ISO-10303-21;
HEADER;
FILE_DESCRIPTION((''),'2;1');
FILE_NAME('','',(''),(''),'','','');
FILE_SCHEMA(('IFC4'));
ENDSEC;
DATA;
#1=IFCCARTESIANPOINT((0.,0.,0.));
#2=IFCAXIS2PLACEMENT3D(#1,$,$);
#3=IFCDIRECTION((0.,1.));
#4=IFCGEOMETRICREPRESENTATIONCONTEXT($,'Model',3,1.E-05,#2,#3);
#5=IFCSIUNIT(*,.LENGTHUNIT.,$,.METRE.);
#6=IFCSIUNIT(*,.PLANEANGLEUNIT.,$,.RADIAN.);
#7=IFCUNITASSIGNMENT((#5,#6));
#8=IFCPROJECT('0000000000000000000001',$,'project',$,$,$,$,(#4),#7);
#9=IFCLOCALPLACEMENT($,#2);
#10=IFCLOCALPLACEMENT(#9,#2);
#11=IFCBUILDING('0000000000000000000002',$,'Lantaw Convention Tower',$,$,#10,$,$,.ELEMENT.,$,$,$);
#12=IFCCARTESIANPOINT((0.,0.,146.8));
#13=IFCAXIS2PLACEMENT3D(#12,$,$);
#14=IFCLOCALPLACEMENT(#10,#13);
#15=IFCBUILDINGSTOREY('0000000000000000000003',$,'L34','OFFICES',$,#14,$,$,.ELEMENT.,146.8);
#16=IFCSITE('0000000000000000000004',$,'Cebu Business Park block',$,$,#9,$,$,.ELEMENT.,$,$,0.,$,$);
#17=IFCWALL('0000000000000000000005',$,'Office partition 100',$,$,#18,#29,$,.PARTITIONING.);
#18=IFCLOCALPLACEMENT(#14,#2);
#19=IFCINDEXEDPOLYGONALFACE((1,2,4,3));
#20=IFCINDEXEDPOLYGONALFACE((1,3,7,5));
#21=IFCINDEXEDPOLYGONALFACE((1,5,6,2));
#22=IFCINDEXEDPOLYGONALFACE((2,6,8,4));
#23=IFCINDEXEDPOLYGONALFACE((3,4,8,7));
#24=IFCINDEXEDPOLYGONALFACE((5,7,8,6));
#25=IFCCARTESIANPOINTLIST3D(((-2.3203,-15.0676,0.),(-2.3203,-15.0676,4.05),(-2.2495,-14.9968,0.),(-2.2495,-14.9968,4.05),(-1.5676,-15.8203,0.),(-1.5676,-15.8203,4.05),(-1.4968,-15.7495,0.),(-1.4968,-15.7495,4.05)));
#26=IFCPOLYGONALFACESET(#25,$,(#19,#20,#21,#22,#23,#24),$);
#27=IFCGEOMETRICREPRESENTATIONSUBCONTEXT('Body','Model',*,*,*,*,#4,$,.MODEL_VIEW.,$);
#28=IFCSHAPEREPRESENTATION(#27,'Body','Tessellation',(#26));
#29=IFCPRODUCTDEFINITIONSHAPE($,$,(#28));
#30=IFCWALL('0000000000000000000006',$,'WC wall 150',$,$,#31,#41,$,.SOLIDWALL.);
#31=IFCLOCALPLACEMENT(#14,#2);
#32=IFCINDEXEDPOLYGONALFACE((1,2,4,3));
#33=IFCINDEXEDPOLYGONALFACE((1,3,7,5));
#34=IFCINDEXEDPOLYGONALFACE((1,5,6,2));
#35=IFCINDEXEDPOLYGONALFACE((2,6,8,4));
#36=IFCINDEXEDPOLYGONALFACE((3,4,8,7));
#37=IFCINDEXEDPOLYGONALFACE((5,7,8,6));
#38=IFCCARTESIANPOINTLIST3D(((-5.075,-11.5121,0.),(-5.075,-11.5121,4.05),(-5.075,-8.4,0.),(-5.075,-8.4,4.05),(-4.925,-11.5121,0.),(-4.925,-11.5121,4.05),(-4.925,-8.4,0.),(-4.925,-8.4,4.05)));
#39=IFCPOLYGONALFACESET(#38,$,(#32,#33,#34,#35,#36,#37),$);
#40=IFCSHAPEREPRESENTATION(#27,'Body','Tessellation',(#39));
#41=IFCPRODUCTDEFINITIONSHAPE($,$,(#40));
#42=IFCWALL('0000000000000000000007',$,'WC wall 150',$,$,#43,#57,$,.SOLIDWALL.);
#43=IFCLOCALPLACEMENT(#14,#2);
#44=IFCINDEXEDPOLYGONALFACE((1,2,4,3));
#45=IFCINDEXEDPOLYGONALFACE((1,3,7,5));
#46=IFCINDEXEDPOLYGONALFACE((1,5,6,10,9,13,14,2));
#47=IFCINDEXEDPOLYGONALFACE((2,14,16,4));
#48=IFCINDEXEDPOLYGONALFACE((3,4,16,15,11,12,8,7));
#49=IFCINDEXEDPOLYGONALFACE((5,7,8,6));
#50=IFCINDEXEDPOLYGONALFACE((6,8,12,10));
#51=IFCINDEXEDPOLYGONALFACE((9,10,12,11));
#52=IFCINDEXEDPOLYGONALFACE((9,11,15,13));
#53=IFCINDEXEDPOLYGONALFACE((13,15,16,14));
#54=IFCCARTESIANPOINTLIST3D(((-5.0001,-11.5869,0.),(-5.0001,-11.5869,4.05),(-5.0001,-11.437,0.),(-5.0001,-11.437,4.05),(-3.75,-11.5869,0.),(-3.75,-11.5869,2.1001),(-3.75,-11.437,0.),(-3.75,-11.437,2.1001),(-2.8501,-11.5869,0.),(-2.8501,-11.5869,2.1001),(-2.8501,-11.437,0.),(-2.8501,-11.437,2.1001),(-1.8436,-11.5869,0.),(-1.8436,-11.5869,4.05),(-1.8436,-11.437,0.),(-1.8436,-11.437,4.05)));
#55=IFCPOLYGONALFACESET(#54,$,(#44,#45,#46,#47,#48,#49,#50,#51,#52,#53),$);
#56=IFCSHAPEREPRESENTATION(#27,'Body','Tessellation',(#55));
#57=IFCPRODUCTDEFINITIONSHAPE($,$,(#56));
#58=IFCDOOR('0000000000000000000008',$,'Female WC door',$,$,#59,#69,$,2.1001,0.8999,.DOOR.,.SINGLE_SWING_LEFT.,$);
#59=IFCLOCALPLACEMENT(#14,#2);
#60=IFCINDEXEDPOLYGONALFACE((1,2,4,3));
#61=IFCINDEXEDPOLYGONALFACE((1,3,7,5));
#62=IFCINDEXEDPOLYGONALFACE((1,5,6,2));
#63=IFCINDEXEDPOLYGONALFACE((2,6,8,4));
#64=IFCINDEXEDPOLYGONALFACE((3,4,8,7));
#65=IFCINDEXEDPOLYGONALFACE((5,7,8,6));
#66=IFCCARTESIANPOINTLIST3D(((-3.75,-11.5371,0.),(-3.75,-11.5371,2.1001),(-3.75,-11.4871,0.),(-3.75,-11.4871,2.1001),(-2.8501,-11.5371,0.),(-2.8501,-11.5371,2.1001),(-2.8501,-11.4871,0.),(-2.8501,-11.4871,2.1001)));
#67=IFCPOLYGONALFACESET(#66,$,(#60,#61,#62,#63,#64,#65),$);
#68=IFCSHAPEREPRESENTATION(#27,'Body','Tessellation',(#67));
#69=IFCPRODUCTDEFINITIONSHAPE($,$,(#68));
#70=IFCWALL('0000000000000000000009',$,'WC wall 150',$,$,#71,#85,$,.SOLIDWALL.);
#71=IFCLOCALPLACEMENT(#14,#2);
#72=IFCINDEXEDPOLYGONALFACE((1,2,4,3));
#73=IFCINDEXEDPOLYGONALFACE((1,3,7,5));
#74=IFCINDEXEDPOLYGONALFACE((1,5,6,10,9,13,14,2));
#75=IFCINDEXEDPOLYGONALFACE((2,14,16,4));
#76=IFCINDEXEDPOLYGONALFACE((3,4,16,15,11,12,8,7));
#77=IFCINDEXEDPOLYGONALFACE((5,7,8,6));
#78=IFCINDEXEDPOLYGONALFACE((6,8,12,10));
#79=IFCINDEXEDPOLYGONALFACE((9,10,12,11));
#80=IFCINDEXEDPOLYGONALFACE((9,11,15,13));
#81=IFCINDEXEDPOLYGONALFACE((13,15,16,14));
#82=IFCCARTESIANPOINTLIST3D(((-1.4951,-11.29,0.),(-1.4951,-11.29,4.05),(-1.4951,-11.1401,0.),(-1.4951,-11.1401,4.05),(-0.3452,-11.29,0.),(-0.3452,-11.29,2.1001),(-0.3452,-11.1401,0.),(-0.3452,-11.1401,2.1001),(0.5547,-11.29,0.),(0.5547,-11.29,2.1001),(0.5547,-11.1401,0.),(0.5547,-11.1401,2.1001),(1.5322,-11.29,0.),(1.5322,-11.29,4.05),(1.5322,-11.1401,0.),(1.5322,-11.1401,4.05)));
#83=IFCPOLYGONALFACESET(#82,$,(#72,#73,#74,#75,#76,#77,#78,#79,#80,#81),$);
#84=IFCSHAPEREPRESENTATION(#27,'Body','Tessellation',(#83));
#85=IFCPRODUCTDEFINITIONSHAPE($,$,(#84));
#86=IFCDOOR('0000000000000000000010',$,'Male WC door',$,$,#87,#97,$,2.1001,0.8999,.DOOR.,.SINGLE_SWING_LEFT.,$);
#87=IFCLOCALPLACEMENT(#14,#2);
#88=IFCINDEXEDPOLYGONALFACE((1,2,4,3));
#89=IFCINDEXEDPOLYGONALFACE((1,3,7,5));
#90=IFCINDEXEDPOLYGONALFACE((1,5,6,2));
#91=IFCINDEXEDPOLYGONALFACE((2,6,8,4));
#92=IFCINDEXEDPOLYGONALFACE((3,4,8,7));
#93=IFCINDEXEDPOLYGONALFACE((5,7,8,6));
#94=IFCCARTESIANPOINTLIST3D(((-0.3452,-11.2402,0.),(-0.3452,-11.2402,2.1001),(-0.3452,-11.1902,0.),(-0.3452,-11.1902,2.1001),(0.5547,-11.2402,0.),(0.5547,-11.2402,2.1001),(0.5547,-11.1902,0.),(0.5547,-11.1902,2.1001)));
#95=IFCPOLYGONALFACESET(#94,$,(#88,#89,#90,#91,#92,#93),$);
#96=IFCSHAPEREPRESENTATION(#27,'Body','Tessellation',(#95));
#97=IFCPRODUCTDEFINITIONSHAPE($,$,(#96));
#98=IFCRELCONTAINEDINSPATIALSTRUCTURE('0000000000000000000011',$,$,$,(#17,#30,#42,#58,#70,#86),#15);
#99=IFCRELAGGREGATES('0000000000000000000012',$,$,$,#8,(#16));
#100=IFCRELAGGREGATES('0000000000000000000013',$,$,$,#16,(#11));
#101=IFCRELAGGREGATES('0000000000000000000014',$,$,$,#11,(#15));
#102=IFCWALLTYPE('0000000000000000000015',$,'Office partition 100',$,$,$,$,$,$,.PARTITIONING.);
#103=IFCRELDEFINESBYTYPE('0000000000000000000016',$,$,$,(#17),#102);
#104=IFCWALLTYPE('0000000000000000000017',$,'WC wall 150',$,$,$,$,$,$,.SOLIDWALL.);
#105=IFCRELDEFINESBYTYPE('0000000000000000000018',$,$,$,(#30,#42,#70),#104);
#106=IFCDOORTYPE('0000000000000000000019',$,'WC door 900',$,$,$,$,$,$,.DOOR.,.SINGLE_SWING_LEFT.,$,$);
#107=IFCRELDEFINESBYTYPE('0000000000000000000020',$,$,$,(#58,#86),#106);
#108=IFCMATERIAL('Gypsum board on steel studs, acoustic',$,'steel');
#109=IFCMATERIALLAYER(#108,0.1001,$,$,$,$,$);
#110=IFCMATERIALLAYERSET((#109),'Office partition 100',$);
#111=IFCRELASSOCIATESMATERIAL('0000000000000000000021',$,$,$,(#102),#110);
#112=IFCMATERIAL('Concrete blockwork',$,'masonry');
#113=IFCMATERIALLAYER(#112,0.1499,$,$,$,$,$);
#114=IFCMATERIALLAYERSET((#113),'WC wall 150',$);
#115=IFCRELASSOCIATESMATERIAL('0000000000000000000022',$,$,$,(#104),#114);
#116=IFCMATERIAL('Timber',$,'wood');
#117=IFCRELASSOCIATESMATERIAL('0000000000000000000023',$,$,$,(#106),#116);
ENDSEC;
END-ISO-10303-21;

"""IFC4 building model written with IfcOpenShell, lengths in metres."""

from ifc_helpers import new_model, si_unit, direction, frame, frame_2d, origin, place, context, subcontext, project, spatial, rectangle, extrude, material, layer, layer_set, type_object, element, fill, save


model = new_model("IFC4")

# Units and contexts
model_context = context("Model", 3, precision=1e-05, world=origin(), true_north=direction((0.0, 1.0)))
body_context = subcontext(model_context, "Body", "Model", "MODEL_VIEW")
ifc_project = project(units=[si_unit("LENGTHUNIT", "METRE"), si_unit("PLANEANGLEUNIT", "RADIAN")], contexts=[model_context])

# Site, building, storey
site_placement = place(None, origin())
site = spatial("IfcSite", under=ifc_project, at=site_placement, Name="Cebu Business Park block", CompositionType="ELEMENT", RefElevation=0.0)
building_placement = place(site_placement, origin())
building = spatial("IfcBuilding", under=site, at=building_placement, Name="Lantaw Convention Tower", CompositionType="ELEMENT")
storey_placement = place(building_placement, frame((0.0, 0.0, 146.8)))
storey = spatial("IfcBuildingStorey", under=building, at=storey_placement, Name="L34", Description="OFFICES", CompositionType="ELEMENT", Elevation=146.8)

# Walls
ifc_material_1 = material(Name="Gypsum board on steel studs, acoustic", Category="steel")
ifc_layer_1 = layer(ifc_material_1, 0.1001)
ifc_layer_set_1 = layer_set([ifc_layer_1], Name="Office partition 100")
wall_type_1 = type_object("IfcWallType", Name="Office partition 100", PredefinedType="PARTITIONING", material=ifc_layer_set_1)
wall_1_placement = place(storey_placement, frame((-1.5322, -15.7849, 0.0), z_axis=(0.0, 0.0, 1.0), x_axis=(-0.707107, 0.707107, 0.0)))
element("IfcWall", 1, at=wall_1_placement, inside=storey, type_object=wall_type_1, Name="Office partition 100", PredefinedType="PARTITIONING", context=body_context, shape_type="SweptSolid", body=[
    extrude(rectangle(XDim=1.0645, YDim=0.1001, at=frame_2d((0.5322, 0.0))), origin(), (0.0, 0.0, 1.0), 4.05),
])
ifc_material_2 = material(Name="Concrete blockwork", Category="masonry")
ifc_layer_2 = layer(ifc_material_2, 0.1499)
ifc_layer_set_2 = layer_set([ifc_layer_2], Name="WC wall 150")
wall_type_2 = type_object("IfcWallType", Name="WC wall 150", PredefinedType="SOLIDWALL", material=ifc_layer_set_2)
wall_2_placement = place(storey_placement, frame((-5.0, -8.3999, 0.0), z_axis=(0.0, 0.0, 1.0), x_axis=(0.0, -1.0, 0.0)))
element("IfcWall", 2, at=wall_2_placement, inside=storey, type_object=wall_type_2, Name="WC wall 150", PredefinedType="SOLIDWALL", context=body_context, shape_type="SweptSolid", body=[
    extrude(rectangle(XDim=3.1121, YDim=0.1499, at=frame_2d((1.5562, 0.0))), origin(), (0.0, 0.0, 1.0), 4.05),
])

# Walls, openings, doors
wall_3_placement = place(storey_placement, frame((-5.0, -11.512, 0.0), z_axis=(0.0, 0.0, 1.0), x_axis=(1.0, 0.0, 0.0)))
wall_3 = element("IfcWall", 3, at=wall_3_placement, inside=storey, type_object=wall_type_2, Name="WC wall 150", PredefinedType="SOLIDWALL", context=body_context, shape_type="SweptSolid", body=[
    extrude(rectangle(XDim=3.1565, YDim=0.1499, at=frame_2d((1.5781, 0.0))), origin(), (0.0, 0.0, 1.0), 4.05),
])
opening_1_placement = place(wall_3_placement, frame((1.25, 0.0, 0.0)))
opening_1 = element("IfcOpeningElement", 4, at=opening_1_placement, cuts=wall_3, PredefinedType="OPENING", context=body_context, shape_type="SweptSolid", body=[
    extrude(rectangle(XDim=0.8999, YDim=2.1001, at=frame_2d((0.45, 1.05))), frame((0.0, 0.085, 0.0), z_axis=(0.0, -1.0, 0.0), x_axis=(1.0, 0.0, 0.0)), (0.0, 0.0, 1.0), 0.1699),
])
ifc_material_3 = material(Name="Timber", Category="wood")
door_type_1 = type_object("IfcDoorType", Name="WC door 900", OperationType="SINGLE_SWING_LEFT", PredefinedType="DOOR", material=ifc_material_3)
door_1_placement = place(opening_1_placement, origin())
door_1 = element("IfcDoor", 5, at=door_1_placement, inside=storey, type_object=door_type_1, Name="Female WC door", OperationType="SINGLE_SWING_LEFT", OverallHeight=2.1001, OverallWidth=0.8999, PredefinedType="DOOR", context=body_context, shape_type="SweptSolid", body=[
    extrude(rectangle(XDim=0.8999, YDim=2.1001, at=frame_2d((0.45, 1.05))), frame((0.0, 0.0249, 0.0), z_axis=(0.0, -1.0, 0.0), x_axis=(1.0, 0.0, 0.0)), (0.0, 0.0, 1.0), 0.05),
])
fill(opening_1, door_1)
wall_4_placement = place(storey_placement, frame((-1.4951, -11.2151, 0.0), z_axis=(0.0, 0.0, 1.0), x_axis=(1.0, 0.0, 0.0)))
wall_4 = element("IfcWall", 6, at=wall_4_placement, inside=storey, type_object=wall_type_2, Name="WC wall 150", PredefinedType="SOLIDWALL", context=body_context, shape_type="SweptSolid", body=[
    extrude(rectangle(XDim=3.0273, YDim=0.1499, at=frame_2d((1.5137, 0.0))), origin(), (0.0, 0.0, 1.0), 4.05),
])
opening_2_placement = place(wall_4_placement, frame((1.1499, 0.0, 0.0)))
opening_2 = element("IfcOpeningElement", 7, at=opening_2_placement, cuts=wall_4, PredefinedType="OPENING", context=body_context, shape_type="SweptSolid", body=[
    extrude(rectangle(XDim=0.8999, YDim=2.1001, at=frame_2d((0.45, 1.05))), frame((0.0, 0.085, 0.0), z_axis=(0.0, -1.0, 0.0), x_axis=(1.0, 0.0, 0.0)), (0.0, 0.0, 1.0), 0.1699),
])
door_2_placement = place(opening_2_placement, origin())
door_2 = element("IfcDoor", 8, at=door_2_placement, inside=storey, type_object=door_type_1, Name="Male WC door", OperationType="SINGLE_SWING_LEFT", OverallHeight=2.1001, OverallWidth=0.8999, PredefinedType="DOOR", context=body_context, shape_type="SweptSolid", body=[
    extrude(rectangle(XDim=0.8999, YDim=2.1001, at=frame_2d((0.45, 1.05))), frame((0.0, 0.0249, 0.0), z_axis=(0.0, -1.0, 0.0), x_axis=(1.0, 0.0, 0.0)), (0.0, 0.0, 1.0), 0.05),
])
fill(opening_2, door_2)

save(model, "model.ifc")
